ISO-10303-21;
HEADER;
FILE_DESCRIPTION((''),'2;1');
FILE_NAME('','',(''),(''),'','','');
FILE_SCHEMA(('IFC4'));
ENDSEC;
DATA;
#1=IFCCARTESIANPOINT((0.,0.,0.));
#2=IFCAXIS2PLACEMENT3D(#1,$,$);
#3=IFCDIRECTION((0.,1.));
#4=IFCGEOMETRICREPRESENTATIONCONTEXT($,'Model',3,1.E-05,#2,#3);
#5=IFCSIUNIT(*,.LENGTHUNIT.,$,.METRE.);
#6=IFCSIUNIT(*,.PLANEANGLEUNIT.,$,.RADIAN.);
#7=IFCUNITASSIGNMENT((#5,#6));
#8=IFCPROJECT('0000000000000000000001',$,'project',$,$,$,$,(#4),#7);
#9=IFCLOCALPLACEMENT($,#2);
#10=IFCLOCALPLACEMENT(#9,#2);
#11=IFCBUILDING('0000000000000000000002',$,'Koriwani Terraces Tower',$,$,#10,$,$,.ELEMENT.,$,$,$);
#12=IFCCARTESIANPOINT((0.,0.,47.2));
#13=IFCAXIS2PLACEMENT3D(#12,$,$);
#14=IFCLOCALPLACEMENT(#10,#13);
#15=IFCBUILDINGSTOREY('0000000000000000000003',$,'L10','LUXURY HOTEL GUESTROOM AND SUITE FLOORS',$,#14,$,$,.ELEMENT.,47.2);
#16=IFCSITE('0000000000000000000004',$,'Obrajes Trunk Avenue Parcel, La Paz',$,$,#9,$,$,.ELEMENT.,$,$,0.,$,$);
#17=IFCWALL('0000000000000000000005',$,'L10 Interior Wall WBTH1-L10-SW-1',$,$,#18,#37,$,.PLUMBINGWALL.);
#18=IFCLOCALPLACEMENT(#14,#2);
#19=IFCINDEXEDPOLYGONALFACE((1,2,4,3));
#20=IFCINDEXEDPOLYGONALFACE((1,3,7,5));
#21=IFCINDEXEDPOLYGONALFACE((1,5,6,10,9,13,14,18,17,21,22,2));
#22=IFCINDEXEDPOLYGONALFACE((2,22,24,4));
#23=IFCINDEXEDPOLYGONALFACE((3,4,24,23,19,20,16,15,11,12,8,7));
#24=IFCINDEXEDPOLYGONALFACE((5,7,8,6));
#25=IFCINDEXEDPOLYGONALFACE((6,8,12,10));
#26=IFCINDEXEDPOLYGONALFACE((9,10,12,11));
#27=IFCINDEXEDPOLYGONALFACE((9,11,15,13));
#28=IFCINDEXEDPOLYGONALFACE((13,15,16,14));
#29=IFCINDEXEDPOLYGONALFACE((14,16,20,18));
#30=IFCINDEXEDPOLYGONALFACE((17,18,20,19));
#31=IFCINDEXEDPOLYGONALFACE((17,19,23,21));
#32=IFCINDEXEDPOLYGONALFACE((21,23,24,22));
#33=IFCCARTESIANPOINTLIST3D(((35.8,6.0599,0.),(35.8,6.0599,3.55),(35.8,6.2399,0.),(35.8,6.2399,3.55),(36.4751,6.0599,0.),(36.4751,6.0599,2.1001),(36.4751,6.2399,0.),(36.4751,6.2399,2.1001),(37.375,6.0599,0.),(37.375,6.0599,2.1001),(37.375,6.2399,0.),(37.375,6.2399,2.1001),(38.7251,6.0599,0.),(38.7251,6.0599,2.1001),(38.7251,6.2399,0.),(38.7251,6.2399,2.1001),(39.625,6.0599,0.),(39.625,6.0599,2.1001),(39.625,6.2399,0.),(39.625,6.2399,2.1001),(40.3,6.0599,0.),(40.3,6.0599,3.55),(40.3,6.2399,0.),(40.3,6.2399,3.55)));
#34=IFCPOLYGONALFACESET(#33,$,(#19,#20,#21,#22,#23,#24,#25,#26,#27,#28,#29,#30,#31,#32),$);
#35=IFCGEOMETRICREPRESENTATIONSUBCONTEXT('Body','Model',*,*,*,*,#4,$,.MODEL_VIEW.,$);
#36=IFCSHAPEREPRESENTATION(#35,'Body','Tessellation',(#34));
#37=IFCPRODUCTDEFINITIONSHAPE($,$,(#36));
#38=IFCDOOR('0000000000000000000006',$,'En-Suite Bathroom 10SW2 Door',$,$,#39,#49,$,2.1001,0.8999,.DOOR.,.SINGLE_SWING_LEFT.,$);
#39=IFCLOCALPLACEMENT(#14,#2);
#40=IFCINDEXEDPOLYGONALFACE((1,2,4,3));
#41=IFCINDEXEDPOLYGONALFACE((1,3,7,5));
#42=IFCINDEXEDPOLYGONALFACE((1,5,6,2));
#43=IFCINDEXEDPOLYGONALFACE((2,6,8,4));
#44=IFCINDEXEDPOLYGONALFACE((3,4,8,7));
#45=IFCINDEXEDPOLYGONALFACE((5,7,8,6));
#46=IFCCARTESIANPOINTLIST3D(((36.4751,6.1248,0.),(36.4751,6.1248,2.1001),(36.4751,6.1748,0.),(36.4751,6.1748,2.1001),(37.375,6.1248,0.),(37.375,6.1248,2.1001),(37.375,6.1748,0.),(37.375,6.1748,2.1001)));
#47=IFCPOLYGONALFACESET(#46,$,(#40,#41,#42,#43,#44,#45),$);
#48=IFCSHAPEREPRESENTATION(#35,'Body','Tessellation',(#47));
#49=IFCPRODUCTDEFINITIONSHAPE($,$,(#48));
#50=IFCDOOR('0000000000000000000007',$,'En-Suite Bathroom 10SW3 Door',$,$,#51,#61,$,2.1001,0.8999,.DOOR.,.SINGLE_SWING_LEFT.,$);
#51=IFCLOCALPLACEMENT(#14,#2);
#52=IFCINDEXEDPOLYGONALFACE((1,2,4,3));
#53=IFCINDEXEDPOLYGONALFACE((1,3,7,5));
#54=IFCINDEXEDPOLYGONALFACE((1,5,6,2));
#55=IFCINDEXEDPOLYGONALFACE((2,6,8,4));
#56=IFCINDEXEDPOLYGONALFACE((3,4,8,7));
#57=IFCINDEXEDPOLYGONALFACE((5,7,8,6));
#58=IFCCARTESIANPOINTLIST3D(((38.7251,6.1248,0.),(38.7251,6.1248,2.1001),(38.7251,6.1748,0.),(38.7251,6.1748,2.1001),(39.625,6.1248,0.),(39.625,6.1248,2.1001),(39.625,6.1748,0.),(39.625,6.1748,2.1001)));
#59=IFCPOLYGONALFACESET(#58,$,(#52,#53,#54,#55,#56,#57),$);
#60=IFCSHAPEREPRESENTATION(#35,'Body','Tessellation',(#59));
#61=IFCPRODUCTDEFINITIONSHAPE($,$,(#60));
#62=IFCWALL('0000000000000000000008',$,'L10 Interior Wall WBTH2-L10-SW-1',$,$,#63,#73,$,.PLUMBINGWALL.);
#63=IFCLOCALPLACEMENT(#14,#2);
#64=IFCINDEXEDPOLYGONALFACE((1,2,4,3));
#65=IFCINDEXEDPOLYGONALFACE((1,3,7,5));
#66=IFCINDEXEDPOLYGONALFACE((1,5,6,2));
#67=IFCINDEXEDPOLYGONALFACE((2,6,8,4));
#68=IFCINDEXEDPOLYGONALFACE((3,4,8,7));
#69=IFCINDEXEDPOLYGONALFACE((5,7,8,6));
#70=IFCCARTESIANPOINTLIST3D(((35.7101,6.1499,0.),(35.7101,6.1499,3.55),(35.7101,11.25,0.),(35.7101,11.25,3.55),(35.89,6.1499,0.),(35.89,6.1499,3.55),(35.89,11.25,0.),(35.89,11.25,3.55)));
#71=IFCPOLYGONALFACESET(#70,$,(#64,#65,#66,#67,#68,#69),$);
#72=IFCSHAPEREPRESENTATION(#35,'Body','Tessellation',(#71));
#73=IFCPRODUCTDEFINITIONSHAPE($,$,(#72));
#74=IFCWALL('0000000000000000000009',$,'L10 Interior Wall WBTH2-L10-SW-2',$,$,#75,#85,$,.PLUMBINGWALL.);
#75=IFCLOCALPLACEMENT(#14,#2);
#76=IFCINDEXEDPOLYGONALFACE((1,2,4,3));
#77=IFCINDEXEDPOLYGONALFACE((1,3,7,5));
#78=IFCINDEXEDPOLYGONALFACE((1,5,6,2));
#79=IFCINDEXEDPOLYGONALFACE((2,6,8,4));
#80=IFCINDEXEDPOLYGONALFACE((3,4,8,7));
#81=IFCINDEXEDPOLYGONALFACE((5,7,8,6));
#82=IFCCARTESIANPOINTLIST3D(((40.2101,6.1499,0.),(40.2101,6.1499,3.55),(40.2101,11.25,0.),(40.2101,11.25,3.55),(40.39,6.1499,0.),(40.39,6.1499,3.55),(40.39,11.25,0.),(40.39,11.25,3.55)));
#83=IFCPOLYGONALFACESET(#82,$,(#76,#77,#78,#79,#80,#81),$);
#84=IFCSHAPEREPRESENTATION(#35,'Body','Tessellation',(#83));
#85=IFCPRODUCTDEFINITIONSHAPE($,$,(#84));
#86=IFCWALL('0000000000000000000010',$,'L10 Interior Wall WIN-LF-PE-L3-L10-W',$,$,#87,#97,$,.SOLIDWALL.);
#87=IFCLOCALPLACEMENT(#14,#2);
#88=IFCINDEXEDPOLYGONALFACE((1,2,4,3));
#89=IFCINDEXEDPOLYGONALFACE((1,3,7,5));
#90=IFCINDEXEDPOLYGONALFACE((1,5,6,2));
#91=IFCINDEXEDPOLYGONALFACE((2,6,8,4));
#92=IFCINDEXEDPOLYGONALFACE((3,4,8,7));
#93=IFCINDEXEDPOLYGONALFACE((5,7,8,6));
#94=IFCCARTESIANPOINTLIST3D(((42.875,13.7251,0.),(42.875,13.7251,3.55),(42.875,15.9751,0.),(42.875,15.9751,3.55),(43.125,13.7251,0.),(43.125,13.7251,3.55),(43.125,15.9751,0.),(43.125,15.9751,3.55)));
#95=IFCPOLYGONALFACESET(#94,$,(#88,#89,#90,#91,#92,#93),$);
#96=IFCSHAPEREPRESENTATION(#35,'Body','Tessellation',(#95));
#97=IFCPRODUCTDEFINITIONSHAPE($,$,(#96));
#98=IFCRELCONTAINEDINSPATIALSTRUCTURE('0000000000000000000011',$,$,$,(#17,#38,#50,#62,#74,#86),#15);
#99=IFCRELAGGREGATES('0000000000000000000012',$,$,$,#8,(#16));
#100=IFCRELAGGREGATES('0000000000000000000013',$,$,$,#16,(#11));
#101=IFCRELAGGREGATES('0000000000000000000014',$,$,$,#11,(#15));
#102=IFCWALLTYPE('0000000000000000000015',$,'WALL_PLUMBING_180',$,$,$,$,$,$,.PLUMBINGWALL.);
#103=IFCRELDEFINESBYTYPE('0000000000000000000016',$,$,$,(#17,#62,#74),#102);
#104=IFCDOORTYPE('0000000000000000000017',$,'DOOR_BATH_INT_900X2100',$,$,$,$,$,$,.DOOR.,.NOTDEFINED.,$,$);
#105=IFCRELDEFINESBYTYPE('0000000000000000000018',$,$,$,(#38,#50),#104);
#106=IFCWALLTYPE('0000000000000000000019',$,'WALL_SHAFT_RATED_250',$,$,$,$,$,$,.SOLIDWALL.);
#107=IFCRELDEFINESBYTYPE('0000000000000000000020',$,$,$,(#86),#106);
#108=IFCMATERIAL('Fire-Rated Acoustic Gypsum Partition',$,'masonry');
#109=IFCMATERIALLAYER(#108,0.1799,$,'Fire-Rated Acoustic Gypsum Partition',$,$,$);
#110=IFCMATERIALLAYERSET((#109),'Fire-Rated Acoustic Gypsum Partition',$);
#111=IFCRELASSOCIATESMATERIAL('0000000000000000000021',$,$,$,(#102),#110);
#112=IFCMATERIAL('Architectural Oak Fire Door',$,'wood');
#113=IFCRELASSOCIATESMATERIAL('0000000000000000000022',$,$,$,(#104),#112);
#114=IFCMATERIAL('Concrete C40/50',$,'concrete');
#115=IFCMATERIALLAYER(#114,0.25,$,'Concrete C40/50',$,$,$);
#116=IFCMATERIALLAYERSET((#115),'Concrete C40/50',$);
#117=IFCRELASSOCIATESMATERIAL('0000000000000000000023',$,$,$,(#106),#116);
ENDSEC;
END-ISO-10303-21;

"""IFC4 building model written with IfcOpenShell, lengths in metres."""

from ifc_helpers import new_model, si_unit, direction, frame, frame_2d, origin, place, context, subcontext, project, spatial, rectangle, extrude, material, layer, layer_set, type_object, element, fill, save


model = new_model("IFC4")

# Units and contexts
model_context = context("Model", 3, precision=1e-05, world=origin(), true_north=direction((0.0, 1.0)))
body_context = subcontext(model_context, "Body", "Model", "MODEL_VIEW")
ifc_project = project(units=[si_unit("LENGTHUNIT", "METRE"), si_unit("PLANEANGLEUNIT", "RADIAN")], contexts=[model_context])

# Site, building, storey
site_placement = place(None, origin())
site = spatial("IfcSite", under=ifc_project, at=site_placement, Name="Obrajes Trunk Avenue Parcel, La Paz", CompositionType="ELEMENT", RefElevation=0.0)
building_placement = place(site_placement, origin())
building = spatial("IfcBuilding", under=site, at=building_placement, Name="Koriwani Terraces Tower", CompositionType="ELEMENT")
storey_placement = place(building_placement, frame((0.0, 0.0, 47.2)))
storey = spatial("IfcBuildingStorey", under=building, at=storey_placement, Name="L10", Description="LUXURY HOTEL GUESTROOM AND SUITE FLOORS", CompositionType="ELEMENT", Elevation=47.2)

# Shared definitions
ifc_material_1 = material(Name="Concrete C40/50", Category="concrete")

# Shared definitions
ifc_material_2 = material(Name="Fire-Rated Acoustic Gypsum Partition", Category="masonry")
ifc_layer_1 = layer(ifc_material_2, 0.1799, Name="Fire-Rated Acoustic Gypsum Partition")
ifc_layer_set_1 = layer_set([ifc_layer_1], Name="Fire-Rated Acoustic Gypsum Partition")
wall_type_1 = type_object("IfcWallType", Name="WALL_PLUMBING_180", PredefinedType="PLUMBINGWALL", material=ifc_layer_set_1)

# Wall, openings, doors
wall_1_placement = place(storey_placement, frame((35.8, 6.1499, 0.0), z_axis=(0.0, 0.0, 1.0), x_axis=(1.0, 0.0, 0.0)))
wall_1 = element("IfcWall", 1, at=wall_1_placement, inside=storey, type_object=wall_type_1, Name="L10 Interior Wall WBTH1-L10-SW-1", PredefinedType="PLUMBINGWALL", context=body_context, shape_type="SweptSolid", body=[
    extrude(rectangle(XDim=4.5, YDim=0.1799, at=frame_2d((2.25, 0.0))), origin(), (0.0, 0.0, 1.0), 3.55),
])
opening_1_placement = place(wall_1_placement, frame((0.675, 0.0, 0.0)))
opening_1 = element("IfcOpeningElement", 2, at=opening_1_placement, cuts=wall_1, PredefinedType="OPENING", context=body_context, shape_type="SweptSolid", body=[
    extrude(rectangle(XDim=0.8999, YDim=2.1001, at=frame_2d((0.45, 1.05))), frame((0.0, 0.1001, 0.0), z_axis=(0.0, -1.0, 0.0), x_axis=(1.0, 0.0, 0.0)), (0.0, 0.0, 1.0), 0.2),
])
opening_2_placement = place(wall_1_placement, frame((2.925, 0.0, 0.0)))
opening_2 = element("IfcOpeningElement", 3, at=opening_2_placement, cuts=wall_1, PredefinedType="OPENING", context=body_context, shape_type="SweptSolid", body=[
    extrude(rectangle(XDim=0.8999, YDim=2.1001, at=frame_2d((0.45, 1.05))), frame((0.0, 0.1001, 0.0), z_axis=(0.0, -1.0, 0.0), x_axis=(1.0, 0.0, 0.0)), (0.0, 0.0, 1.0), 0.2),
])
ifc_material_3 = material(Name="Architectural Oak Fire Door", Category="wood")
door_type_1 = type_object("IfcDoorType", Name="DOOR_BATH_INT_900X2100", OperationType="NOTDEFINED", PredefinedType="DOOR", material=ifc_material_3)
door_1_placement = place(opening_1_placement, origin())
door_1 = element("IfcDoor", 4, at=door_1_placement, inside=storey, type_object=door_type_1, Name="En-Suite Bathroom 10SW2 Door", OperationType="SINGLE_SWING_LEFT", OverallHeight=2.1001, OverallWidth=0.8999, PredefinedType="DOOR", context=body_context, shape_type="SweptSolid", body=[
    extrude(rectangle(XDim=0.8999, YDim=2.1001, at=frame_2d((0.45, 1.05))), frame((0.0, 0.0249, 0.0), z_axis=(0.0, -1.0, 0.0), x_axis=(1.0, 0.0, 0.0)), (0.0, 0.0, 1.0), 0.05),
])
fill(opening_1, door_1)
door_2_placement = place(opening_2_placement, origin())
door_2 = element("IfcDoor", 5, at=door_2_placement, inside=storey, type_object=door_type_1, Name="En-Suite Bathroom 10SW3 Door", OperationType="SINGLE_SWING_LEFT", OverallHeight=2.1001, OverallWidth=0.8999, PredefinedType="DOOR", context=body_context, shape_type="SweptSolid", body=[
    extrude(rectangle(XDim=0.8999, YDim=2.1001, at=frame_2d((0.45, 1.05))), frame((0.0, 0.0249, 0.0), z_axis=(0.0, -1.0, 0.0), x_axis=(1.0, 0.0, 0.0)), (0.0, 0.0, 1.0), 0.05),
])
fill(opening_2, door_2)

# Walls
for number, where, z_axis, x_axis, name in (
    (6, (35.8, 6.1499, 0.0), (0.0, 0.0, 1.0), (0.0, 1.0, 0.0), "L10 Interior Wall WBTH2-L10-SW-1"),
    (7, (40.3, 6.1499, 0.0), (0.0, 0.0, 1.0), (0.0, 1.0, 0.0), "L10 Interior Wall WBTH2-L10-SW-2"),
):
    element("IfcWall", number, at=place(storey_placement, frame(where, z_axis=z_axis, x_axis=x_axis)), inside=storey, type_object=wall_type_1, Name=name, PredefinedType="PLUMBINGWALL", context=body_context, shape_type="SweptSolid", body=[
        extrude(rectangle(XDim=5.1001, YDim=0.1799, at=frame_2d((2.55, 0.0))), origin(), (0.0, 0.0, 1.0), 3.55),
    ])

# Shared definitions
ifc_layer_2 = layer(ifc_material_1, 0.25, Name="Concrete C40/50")
ifc_layer_set_2 = layer_set([ifc_layer_2], Name="Concrete C40/50")
wall_type_2 = type_object("IfcWallType", Name="WALL_SHAFT_RATED_250", PredefinedType="SOLIDWALL", material=ifc_layer_set_2)

# Wall
wall_2_placement = place(storey_placement, frame((43.0, 13.7251, 0.0), z_axis=(0.0, 0.0, 1.0), x_axis=(0.0, 1.0, 0.0)))
element("IfcWall", 8, at=wall_2_placement, inside=storey, type_object=wall_type_2, Name="L10 Interior Wall WIN-LF-PE-L3-L10-W", PredefinedType="SOLIDWALL", context=body_context, shape_type="SweptSolid", body=[
    extrude(rectangle(XDim=2.25, YDim=0.25, at=frame_2d((1.125, 0.0))), origin(), (0.0, 0.0, 1.0), 3.55),
])

save(model, "model.ifc")
